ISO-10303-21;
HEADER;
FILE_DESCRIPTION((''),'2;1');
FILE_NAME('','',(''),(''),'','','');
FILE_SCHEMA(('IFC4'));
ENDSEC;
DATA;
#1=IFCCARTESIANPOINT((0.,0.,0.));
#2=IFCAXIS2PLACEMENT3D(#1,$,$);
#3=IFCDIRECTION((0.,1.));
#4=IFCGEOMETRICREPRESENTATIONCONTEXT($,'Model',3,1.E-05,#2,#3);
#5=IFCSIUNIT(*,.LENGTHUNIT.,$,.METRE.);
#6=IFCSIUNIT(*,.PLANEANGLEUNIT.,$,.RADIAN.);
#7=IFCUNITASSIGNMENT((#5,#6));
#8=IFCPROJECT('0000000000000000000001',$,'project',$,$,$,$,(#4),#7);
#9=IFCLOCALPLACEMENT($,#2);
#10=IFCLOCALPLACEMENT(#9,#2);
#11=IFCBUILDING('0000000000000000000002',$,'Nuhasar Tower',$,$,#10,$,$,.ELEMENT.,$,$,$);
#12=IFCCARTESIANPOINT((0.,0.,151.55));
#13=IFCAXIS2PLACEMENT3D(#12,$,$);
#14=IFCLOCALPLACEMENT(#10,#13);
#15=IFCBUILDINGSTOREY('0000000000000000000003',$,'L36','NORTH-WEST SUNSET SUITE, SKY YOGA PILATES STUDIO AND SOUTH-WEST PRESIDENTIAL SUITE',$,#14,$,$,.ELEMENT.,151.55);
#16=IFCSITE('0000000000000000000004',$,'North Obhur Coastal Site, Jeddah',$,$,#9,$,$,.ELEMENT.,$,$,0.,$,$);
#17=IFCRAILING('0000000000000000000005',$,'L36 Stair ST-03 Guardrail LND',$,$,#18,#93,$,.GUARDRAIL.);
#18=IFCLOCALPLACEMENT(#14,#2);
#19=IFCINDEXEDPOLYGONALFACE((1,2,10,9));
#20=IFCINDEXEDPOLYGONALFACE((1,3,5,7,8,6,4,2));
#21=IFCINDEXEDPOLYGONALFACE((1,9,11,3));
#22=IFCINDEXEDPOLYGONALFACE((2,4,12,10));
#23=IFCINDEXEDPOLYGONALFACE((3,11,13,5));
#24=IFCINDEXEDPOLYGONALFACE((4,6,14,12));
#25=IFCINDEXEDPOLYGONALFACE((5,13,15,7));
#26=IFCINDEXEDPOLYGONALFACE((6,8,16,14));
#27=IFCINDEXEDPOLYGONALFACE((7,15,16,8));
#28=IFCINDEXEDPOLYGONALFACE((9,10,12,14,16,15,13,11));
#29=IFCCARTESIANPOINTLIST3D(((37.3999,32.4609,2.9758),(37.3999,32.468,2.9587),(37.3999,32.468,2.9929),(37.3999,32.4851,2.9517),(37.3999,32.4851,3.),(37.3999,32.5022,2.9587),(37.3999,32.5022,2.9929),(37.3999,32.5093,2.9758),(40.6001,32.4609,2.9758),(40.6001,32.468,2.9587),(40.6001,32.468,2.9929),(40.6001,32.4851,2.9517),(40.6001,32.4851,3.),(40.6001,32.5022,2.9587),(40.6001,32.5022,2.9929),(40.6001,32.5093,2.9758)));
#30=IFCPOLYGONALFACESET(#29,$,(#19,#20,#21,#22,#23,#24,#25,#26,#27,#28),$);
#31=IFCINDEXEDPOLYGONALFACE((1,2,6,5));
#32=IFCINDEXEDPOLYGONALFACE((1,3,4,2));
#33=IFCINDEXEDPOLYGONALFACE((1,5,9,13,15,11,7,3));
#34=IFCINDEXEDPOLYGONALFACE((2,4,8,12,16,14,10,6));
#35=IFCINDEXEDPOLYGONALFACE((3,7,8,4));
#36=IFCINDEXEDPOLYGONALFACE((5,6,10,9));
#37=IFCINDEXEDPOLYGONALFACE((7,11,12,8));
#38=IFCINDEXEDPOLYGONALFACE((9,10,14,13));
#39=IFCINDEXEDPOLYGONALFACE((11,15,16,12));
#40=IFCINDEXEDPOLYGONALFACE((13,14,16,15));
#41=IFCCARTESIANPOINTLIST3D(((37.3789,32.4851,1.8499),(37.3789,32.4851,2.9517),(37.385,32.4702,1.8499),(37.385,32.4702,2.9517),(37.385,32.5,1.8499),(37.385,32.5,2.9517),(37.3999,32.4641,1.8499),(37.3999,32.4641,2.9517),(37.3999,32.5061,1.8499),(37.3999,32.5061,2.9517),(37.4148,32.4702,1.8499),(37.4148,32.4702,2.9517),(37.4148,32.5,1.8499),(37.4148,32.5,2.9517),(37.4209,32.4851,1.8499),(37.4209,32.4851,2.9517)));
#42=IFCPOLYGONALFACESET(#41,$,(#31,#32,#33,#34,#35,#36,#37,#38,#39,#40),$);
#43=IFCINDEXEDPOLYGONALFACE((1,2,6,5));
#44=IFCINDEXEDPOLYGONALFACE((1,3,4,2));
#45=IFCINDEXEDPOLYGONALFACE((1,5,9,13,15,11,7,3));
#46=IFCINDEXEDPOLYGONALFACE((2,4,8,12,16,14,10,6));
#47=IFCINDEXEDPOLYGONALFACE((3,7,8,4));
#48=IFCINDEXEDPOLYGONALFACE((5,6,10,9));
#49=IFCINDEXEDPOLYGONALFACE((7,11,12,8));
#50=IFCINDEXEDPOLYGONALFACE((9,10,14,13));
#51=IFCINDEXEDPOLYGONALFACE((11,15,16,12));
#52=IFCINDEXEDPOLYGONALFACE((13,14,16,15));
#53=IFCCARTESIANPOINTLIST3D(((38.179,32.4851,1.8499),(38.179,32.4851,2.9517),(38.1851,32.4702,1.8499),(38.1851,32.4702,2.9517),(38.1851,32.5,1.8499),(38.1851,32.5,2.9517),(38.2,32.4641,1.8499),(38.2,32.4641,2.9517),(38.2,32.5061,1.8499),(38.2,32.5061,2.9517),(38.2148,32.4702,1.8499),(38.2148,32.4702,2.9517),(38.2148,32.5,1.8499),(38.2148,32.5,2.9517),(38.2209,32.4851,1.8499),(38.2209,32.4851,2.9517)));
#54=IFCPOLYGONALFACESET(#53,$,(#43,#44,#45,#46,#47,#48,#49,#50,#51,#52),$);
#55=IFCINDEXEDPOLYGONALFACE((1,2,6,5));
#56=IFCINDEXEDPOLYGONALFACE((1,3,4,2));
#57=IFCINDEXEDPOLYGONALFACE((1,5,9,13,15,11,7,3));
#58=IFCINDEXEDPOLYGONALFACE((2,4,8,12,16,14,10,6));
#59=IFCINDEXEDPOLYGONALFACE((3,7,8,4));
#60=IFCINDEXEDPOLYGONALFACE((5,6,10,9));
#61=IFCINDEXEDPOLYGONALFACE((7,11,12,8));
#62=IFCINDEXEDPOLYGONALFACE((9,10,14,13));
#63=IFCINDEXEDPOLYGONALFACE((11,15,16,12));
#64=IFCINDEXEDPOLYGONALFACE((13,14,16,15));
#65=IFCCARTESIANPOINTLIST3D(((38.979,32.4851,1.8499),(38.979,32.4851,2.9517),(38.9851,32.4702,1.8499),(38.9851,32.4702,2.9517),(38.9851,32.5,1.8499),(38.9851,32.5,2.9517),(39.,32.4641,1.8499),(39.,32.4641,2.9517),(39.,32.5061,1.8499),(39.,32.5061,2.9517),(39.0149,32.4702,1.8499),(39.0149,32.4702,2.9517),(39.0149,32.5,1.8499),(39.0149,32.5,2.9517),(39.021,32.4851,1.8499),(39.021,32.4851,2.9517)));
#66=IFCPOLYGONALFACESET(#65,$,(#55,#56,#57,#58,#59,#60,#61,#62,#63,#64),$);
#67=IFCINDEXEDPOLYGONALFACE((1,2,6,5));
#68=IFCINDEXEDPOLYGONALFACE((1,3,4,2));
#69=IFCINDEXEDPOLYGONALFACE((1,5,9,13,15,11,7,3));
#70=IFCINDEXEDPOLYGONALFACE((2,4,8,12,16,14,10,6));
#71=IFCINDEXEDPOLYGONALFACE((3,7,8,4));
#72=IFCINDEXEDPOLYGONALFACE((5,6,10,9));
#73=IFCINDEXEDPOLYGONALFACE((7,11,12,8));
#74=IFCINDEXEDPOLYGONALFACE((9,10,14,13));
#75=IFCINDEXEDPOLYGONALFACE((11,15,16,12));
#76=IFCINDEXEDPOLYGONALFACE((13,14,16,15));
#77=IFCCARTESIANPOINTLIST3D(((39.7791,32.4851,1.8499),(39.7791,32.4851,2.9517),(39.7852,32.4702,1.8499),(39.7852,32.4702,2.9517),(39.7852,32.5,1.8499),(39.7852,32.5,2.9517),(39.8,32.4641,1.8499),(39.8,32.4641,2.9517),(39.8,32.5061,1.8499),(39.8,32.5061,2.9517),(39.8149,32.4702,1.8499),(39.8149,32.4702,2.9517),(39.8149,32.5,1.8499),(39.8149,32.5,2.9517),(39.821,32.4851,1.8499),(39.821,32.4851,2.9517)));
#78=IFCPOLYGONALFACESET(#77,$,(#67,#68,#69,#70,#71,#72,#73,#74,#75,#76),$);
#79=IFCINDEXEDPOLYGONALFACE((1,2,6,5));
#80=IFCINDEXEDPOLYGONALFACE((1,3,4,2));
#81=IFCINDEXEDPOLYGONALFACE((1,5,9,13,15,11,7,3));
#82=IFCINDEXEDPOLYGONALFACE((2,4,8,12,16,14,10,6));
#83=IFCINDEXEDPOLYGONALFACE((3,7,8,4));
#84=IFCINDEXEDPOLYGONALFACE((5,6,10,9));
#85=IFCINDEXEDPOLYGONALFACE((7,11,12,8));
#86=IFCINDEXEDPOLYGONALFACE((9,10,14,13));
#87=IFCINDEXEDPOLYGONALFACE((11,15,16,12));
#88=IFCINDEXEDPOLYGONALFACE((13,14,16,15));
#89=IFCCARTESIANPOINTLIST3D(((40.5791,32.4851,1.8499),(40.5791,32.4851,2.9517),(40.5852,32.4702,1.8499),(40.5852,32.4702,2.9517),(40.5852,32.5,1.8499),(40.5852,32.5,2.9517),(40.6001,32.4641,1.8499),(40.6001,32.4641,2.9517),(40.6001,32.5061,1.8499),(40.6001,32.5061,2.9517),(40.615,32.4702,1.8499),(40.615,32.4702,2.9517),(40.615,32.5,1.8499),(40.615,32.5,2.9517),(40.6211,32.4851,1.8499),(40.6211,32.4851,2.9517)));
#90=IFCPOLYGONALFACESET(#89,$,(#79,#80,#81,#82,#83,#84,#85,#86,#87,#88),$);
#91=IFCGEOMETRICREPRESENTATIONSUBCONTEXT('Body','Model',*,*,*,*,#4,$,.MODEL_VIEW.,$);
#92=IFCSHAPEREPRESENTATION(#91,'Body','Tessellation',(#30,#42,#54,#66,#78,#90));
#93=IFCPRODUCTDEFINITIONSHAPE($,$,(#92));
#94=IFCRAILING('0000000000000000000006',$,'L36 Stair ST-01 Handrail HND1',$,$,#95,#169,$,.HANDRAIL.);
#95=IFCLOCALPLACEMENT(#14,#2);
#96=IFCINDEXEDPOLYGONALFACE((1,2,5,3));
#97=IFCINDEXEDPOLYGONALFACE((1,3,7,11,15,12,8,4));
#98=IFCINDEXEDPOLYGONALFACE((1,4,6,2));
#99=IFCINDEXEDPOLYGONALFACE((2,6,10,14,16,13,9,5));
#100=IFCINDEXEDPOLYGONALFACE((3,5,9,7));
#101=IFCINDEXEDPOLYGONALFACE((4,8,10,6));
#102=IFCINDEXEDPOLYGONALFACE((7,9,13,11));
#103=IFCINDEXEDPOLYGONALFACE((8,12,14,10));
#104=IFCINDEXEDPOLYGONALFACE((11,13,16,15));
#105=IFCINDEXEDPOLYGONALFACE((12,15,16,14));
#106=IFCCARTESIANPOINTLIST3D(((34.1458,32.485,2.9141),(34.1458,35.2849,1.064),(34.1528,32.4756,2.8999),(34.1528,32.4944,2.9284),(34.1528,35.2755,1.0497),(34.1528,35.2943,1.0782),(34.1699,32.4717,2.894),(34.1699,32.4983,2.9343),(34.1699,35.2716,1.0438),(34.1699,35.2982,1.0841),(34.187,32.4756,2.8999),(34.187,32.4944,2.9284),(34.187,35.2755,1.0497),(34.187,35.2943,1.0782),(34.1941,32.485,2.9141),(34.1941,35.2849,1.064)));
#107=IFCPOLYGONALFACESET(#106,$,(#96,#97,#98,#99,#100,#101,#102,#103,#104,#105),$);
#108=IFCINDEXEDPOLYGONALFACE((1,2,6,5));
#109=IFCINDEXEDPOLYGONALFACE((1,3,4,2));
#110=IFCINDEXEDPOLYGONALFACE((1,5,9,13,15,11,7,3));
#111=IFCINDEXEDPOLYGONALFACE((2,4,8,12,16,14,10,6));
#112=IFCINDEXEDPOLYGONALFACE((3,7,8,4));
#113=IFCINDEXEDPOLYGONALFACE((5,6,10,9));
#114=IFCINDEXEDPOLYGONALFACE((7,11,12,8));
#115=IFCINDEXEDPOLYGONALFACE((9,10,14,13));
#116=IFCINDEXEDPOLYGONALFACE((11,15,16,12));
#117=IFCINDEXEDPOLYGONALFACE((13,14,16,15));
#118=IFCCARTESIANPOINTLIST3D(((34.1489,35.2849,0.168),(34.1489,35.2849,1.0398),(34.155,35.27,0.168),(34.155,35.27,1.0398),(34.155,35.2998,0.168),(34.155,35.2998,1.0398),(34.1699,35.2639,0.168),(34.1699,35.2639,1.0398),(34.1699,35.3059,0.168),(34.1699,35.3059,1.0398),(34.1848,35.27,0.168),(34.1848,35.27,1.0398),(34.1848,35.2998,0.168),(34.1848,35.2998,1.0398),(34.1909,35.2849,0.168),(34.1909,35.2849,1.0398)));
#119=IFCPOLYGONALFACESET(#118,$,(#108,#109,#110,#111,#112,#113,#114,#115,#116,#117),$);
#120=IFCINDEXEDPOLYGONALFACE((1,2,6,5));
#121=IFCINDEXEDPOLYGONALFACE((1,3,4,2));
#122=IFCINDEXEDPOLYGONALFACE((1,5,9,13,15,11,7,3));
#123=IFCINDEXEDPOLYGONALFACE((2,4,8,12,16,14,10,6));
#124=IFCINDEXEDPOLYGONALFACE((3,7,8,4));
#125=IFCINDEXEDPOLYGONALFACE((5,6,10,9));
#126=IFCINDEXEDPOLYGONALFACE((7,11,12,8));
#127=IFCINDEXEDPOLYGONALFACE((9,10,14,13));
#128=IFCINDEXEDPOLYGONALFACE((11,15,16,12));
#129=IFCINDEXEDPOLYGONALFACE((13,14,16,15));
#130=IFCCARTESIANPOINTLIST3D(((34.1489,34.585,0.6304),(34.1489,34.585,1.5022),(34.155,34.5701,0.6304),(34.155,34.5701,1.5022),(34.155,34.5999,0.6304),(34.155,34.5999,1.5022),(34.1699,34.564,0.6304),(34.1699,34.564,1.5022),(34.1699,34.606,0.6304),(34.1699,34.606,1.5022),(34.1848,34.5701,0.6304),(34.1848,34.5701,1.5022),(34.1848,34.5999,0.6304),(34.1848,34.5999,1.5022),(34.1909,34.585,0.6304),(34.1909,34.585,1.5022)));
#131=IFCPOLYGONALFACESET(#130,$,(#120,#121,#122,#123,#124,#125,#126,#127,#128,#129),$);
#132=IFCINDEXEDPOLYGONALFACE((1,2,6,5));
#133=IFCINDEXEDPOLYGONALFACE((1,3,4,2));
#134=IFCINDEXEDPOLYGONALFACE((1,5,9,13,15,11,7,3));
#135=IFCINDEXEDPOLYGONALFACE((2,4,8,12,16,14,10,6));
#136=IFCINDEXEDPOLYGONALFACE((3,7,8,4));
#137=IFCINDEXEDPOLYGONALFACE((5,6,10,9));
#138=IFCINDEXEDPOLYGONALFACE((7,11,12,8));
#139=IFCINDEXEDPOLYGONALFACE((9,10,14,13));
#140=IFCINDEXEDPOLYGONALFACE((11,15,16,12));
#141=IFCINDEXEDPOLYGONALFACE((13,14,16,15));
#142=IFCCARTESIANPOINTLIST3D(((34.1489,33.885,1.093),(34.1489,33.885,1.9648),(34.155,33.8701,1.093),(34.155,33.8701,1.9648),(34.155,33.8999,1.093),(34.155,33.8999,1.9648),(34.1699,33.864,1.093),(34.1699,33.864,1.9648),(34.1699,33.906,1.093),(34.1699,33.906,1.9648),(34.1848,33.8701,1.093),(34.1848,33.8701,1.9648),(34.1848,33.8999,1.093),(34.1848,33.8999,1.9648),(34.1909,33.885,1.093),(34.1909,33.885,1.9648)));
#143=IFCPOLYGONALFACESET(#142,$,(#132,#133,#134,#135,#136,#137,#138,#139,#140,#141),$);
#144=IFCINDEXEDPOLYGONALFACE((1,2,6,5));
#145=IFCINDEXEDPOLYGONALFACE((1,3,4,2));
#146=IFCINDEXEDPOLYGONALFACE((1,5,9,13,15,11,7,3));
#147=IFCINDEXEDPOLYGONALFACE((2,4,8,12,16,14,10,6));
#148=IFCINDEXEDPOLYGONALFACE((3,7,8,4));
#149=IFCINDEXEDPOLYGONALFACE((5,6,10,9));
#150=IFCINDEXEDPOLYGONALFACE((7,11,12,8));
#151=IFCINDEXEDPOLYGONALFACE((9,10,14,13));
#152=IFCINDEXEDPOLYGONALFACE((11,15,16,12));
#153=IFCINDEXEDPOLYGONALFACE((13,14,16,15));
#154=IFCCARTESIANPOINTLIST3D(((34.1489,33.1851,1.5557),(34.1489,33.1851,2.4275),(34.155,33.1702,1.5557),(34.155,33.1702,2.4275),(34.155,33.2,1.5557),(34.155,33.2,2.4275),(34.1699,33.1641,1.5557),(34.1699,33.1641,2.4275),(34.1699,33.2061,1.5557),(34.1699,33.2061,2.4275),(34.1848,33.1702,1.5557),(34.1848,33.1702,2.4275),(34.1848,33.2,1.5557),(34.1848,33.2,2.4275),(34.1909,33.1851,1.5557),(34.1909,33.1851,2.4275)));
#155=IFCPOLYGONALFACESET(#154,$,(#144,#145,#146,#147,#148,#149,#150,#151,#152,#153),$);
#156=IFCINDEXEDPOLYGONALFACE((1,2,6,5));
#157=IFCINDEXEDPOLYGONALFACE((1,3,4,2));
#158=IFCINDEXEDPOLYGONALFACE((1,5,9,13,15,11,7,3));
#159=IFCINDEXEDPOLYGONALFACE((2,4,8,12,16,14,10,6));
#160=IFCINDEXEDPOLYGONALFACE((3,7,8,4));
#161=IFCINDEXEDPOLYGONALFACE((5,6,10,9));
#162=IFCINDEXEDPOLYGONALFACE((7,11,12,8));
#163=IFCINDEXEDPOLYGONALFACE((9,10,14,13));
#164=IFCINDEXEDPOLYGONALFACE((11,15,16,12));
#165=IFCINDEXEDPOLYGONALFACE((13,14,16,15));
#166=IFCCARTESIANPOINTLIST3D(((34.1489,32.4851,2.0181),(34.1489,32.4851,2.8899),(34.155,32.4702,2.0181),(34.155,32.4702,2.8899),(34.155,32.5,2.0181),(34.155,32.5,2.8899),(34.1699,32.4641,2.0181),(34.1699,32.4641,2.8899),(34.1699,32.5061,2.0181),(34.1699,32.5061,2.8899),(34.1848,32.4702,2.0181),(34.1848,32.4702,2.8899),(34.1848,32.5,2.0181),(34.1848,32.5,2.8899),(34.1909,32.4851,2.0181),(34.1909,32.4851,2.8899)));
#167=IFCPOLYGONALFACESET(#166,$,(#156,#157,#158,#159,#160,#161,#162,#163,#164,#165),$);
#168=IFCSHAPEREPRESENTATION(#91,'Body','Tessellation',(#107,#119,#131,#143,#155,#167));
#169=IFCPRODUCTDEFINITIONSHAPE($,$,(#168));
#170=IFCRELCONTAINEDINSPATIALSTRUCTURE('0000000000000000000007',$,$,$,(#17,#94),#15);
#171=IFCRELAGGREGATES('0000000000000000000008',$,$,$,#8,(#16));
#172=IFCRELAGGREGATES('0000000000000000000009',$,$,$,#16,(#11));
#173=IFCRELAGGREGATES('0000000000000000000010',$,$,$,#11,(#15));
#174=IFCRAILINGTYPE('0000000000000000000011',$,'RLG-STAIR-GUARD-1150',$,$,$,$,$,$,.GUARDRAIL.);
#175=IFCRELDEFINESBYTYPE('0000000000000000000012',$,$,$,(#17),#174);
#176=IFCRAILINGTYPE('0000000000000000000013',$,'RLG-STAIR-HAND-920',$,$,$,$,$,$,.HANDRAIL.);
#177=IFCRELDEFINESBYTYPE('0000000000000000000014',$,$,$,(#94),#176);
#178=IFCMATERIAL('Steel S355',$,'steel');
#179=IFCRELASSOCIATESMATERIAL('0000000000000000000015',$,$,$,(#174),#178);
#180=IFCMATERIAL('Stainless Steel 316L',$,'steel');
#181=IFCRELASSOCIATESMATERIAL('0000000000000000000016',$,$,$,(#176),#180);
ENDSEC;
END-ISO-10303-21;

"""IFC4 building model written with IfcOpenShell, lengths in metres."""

from ifc_helpers import new_model, si_unit, direction, frame, origin, place, context, subcontext, project, spatial, polyline, outline, extrude, material, type_object, element, save


model = new_model("IFC4")

# Units and contexts
model_context = context("Model", 3, precision=1e-05, world=origin(), true_north=direction((0.0, 1.0)))
body_context = subcontext(model_context, "Body", "Model", "MODEL_VIEW")
ifc_project = project(units=[si_unit("LENGTHUNIT", "METRE"), si_unit("PLANEANGLEUNIT", "RADIAN")], contexts=[model_context])

# Site, building, storey
site_placement = place(None, origin())
site = spatial("IfcSite", under=ifc_project, at=site_placement, Name="North Obhur Coastal Site, Jeddah", CompositionType="ELEMENT", RefElevation=0.0)
building_placement = place(site_placement, origin())
building = spatial("IfcBuilding", under=site, at=building_placement, Name="Nuhasar Tower", CompositionType="ELEMENT")
storey_placement = place(building_placement, frame((0.0, 0.0, 151.55)))
storey = spatial("IfcBuildingStorey", under=building, at=storey_placement, Name="L36", Description="NORTH-WEST SUNSET SUITE, SKY YOGA PILATES STUDIO AND SOUTH-WEST PRESIDENTIAL SUITE", CompositionType="ELEMENT", Elevation=151.55)

# Shared definitions
ifc_material_1 = material(Name="Steel S355", Category="steel")

# Railings
railing_type_1 = type_object("IfcRailingType", Name="RLG-STAIR-GUARD-1150", PredefinedType="GUARDRAIL", material=ifc_material_1)
railing_1_placement = place(storey_placement, frame((37.3999, 32.4851, 1.8499)))
element("IfcRailing", 1, at=railing_1_placement, inside=storey, type_object=railing_type_1, Name="L36 Stair ST-03 Guardrail LND", PredefinedType="GUARDRAIL", context=body_context, shape_type="SweptSolid", body=[
    extrude(outline(polyline([(0.0242, 0.0), (0.0171, 0.0171), (0.0, 0.0242), (-0.0171, 0.0171), (-0.0242, 0.0), (-0.0171, -0.0171), (0.0, -0.0242), (0.0171, -0.0171), (0.0242, 0.0)])), frame((0.0, 0.0, 1.126), z_axis=(1.0, 0.0, 0.0), x_axis=(0.0, 1.0, 0.0)), (0.0, 0.0, 1.0), 3.2002),
    extrude(outline(polyline([(0.021, 0.0), (0.0149, 0.0149), (0.0, 0.021), (-0.0149, 0.0149), (-0.021, 0.0), (-0.0149, -0.0149), (0.0, -0.021), (0.0149, -0.0149), (0.021, 0.0)])), origin(), (0.0, 0.0, 1.0), 1.1018),
    extrude(outline(polyline([(0.021, 0.0), (0.0149, 0.0149), (0.0, 0.021), (-0.0149, 0.0149), (-0.021, 0.0), (-0.0149, -0.0149), (0.0, -0.021), (0.0149, -0.0149), (0.021, 0.0)])), frame((0.8, 0.0, 0.0)), (0.0, 0.0, 1.0), 1.1018),
    extrude(outline(polyline([(0.021, 0.0), (0.0149, 0.0149), (0.0, 0.021), (-0.0149, 0.0149), (-0.021, 0.0), (-0.0149, -0.0149), (0.0, -0.021), (0.0149, -0.0149), (0.021, 0.0)])), frame((1.6001, 0.0, 0.0)), (0.0, 0.0, 1.0), 1.1018),
    extrude(outline(polyline([(0.021, 0.0), (0.0149, 0.0149), (0.0, 0.021), (-0.0149, 0.0149), (-0.021, 0.0), (-0.0149, -0.0149), (0.0, -0.021), (0.0149, -0.0149), (0.021, 0.0)])), frame((2.4001, 0.0, 0.0)), (0.0, 0.0, 1.0), 1.1018),
    extrude(outline(polyline([(0.021, 0.0), (0.0149, 0.0149), (0.0, 0.021), (-0.0149, 0.0149), (-0.021, 0.0), (-0.0149, -0.0149), (0.0, -0.021), (0.0149, -0.0149), (0.021, 0.0)])), frame((3.2002, 0.0, 0.0)), (0.0, 0.0, 1.0), 1.1018),
])
ifc_material_2 = material(Name="Stainless Steel 316L", Category="steel")
railing_type_2 = type_object("IfcRailingType", Name="RLG-STAIR-HAND-920", PredefinedType="HANDRAIL", material=ifc_material_2)
railing_2_placement = place(storey_placement, frame((34.1699, 35.2849, 0.168)))
element("IfcRailing", 2, at=railing_2_placement, inside=storey, type_object=railing_type_2, Name="L36 Stair ST-01 Handrail HND1", PredefinedType="HANDRAIL", context=body_context, shape_type="SweptSolid", body=[
    extrude(outline(polyline([(0.0242, 0.0), (0.0171, 0.0171), (0.0, 0.0242), (-0.0171, 0.0171), (-0.0242, 0.0), (-0.0171, -0.0171), (0.0, -0.0242), (0.0171, -0.0171), (0.0242, 0.0)])), frame((0.0, 0.0, 0.896), z_axis=(0.0, -0.834304, 0.551304), x_axis=(1.0, 0.0, 0.0)), (0.0, 0.0, 1.0), 3.356),
    extrude(outline(polyline([(0.021, 0.0), (0.0149, 0.0149), (0.0, 0.021), (-0.0149, 0.0149), (-0.021, 0.0), (-0.0149, -0.0149), (0.0, -0.021), (0.0149, -0.0149), (0.021, 0.0)])), origin(), (0.0, 0.0, 1.0), 0.8718),
    extrude(outline(polyline([(0.021, 0.0), (0.0149, 0.0149), (0.0, 0.021), (-0.0149, 0.0149), (-0.021, 0.0), (-0.0149, -0.0149), (0.0, -0.021), (0.0149, -0.0149), (0.021, 0.0)])), frame((0.0, -0.7, 0.4624)), (0.0, 0.0, 1.0), 0.8718),
    extrude(outline(polyline([(0.021, 0.0), (0.0149, 0.0149), (0.0, 0.021), (-0.0149, 0.0149), (-0.021, 0.0), (-0.0149, -0.0149), (0.0, -0.021), (0.0149, -0.0149), (0.021, 0.0)])), frame((0.0, -1.3999, 0.925)), (0.0, 0.0, 1.0), 0.8718),
    extrude(outline(polyline([(0.021, 0.0), (0.0149, 0.0149), (0.0, 0.021), (-0.0149, 0.0149), (-0.021, 0.0), (-0.0149, -0.0149), (0.0, -0.021), (0.0149, -0.0149), (0.021, 0.0)])), frame((0.0, -2.0999, 1.3877)), (0.0, 0.0, 1.0), 0.8718),
    extrude(outline(polyline([(0.021, 0.0), (0.0149, 0.0149), (0.0, 0.021), (-0.0149, 0.0149), (-0.021, 0.0), (-0.0149, -0.0149), (0.0, -0.021), (0.0149, -0.0149), (0.021, 0.0)])), frame((0.0, -2.7998, 1.8501)), (0.0, 0.0, 1.0), 0.8718),
])

save(model, "model.ifc")
